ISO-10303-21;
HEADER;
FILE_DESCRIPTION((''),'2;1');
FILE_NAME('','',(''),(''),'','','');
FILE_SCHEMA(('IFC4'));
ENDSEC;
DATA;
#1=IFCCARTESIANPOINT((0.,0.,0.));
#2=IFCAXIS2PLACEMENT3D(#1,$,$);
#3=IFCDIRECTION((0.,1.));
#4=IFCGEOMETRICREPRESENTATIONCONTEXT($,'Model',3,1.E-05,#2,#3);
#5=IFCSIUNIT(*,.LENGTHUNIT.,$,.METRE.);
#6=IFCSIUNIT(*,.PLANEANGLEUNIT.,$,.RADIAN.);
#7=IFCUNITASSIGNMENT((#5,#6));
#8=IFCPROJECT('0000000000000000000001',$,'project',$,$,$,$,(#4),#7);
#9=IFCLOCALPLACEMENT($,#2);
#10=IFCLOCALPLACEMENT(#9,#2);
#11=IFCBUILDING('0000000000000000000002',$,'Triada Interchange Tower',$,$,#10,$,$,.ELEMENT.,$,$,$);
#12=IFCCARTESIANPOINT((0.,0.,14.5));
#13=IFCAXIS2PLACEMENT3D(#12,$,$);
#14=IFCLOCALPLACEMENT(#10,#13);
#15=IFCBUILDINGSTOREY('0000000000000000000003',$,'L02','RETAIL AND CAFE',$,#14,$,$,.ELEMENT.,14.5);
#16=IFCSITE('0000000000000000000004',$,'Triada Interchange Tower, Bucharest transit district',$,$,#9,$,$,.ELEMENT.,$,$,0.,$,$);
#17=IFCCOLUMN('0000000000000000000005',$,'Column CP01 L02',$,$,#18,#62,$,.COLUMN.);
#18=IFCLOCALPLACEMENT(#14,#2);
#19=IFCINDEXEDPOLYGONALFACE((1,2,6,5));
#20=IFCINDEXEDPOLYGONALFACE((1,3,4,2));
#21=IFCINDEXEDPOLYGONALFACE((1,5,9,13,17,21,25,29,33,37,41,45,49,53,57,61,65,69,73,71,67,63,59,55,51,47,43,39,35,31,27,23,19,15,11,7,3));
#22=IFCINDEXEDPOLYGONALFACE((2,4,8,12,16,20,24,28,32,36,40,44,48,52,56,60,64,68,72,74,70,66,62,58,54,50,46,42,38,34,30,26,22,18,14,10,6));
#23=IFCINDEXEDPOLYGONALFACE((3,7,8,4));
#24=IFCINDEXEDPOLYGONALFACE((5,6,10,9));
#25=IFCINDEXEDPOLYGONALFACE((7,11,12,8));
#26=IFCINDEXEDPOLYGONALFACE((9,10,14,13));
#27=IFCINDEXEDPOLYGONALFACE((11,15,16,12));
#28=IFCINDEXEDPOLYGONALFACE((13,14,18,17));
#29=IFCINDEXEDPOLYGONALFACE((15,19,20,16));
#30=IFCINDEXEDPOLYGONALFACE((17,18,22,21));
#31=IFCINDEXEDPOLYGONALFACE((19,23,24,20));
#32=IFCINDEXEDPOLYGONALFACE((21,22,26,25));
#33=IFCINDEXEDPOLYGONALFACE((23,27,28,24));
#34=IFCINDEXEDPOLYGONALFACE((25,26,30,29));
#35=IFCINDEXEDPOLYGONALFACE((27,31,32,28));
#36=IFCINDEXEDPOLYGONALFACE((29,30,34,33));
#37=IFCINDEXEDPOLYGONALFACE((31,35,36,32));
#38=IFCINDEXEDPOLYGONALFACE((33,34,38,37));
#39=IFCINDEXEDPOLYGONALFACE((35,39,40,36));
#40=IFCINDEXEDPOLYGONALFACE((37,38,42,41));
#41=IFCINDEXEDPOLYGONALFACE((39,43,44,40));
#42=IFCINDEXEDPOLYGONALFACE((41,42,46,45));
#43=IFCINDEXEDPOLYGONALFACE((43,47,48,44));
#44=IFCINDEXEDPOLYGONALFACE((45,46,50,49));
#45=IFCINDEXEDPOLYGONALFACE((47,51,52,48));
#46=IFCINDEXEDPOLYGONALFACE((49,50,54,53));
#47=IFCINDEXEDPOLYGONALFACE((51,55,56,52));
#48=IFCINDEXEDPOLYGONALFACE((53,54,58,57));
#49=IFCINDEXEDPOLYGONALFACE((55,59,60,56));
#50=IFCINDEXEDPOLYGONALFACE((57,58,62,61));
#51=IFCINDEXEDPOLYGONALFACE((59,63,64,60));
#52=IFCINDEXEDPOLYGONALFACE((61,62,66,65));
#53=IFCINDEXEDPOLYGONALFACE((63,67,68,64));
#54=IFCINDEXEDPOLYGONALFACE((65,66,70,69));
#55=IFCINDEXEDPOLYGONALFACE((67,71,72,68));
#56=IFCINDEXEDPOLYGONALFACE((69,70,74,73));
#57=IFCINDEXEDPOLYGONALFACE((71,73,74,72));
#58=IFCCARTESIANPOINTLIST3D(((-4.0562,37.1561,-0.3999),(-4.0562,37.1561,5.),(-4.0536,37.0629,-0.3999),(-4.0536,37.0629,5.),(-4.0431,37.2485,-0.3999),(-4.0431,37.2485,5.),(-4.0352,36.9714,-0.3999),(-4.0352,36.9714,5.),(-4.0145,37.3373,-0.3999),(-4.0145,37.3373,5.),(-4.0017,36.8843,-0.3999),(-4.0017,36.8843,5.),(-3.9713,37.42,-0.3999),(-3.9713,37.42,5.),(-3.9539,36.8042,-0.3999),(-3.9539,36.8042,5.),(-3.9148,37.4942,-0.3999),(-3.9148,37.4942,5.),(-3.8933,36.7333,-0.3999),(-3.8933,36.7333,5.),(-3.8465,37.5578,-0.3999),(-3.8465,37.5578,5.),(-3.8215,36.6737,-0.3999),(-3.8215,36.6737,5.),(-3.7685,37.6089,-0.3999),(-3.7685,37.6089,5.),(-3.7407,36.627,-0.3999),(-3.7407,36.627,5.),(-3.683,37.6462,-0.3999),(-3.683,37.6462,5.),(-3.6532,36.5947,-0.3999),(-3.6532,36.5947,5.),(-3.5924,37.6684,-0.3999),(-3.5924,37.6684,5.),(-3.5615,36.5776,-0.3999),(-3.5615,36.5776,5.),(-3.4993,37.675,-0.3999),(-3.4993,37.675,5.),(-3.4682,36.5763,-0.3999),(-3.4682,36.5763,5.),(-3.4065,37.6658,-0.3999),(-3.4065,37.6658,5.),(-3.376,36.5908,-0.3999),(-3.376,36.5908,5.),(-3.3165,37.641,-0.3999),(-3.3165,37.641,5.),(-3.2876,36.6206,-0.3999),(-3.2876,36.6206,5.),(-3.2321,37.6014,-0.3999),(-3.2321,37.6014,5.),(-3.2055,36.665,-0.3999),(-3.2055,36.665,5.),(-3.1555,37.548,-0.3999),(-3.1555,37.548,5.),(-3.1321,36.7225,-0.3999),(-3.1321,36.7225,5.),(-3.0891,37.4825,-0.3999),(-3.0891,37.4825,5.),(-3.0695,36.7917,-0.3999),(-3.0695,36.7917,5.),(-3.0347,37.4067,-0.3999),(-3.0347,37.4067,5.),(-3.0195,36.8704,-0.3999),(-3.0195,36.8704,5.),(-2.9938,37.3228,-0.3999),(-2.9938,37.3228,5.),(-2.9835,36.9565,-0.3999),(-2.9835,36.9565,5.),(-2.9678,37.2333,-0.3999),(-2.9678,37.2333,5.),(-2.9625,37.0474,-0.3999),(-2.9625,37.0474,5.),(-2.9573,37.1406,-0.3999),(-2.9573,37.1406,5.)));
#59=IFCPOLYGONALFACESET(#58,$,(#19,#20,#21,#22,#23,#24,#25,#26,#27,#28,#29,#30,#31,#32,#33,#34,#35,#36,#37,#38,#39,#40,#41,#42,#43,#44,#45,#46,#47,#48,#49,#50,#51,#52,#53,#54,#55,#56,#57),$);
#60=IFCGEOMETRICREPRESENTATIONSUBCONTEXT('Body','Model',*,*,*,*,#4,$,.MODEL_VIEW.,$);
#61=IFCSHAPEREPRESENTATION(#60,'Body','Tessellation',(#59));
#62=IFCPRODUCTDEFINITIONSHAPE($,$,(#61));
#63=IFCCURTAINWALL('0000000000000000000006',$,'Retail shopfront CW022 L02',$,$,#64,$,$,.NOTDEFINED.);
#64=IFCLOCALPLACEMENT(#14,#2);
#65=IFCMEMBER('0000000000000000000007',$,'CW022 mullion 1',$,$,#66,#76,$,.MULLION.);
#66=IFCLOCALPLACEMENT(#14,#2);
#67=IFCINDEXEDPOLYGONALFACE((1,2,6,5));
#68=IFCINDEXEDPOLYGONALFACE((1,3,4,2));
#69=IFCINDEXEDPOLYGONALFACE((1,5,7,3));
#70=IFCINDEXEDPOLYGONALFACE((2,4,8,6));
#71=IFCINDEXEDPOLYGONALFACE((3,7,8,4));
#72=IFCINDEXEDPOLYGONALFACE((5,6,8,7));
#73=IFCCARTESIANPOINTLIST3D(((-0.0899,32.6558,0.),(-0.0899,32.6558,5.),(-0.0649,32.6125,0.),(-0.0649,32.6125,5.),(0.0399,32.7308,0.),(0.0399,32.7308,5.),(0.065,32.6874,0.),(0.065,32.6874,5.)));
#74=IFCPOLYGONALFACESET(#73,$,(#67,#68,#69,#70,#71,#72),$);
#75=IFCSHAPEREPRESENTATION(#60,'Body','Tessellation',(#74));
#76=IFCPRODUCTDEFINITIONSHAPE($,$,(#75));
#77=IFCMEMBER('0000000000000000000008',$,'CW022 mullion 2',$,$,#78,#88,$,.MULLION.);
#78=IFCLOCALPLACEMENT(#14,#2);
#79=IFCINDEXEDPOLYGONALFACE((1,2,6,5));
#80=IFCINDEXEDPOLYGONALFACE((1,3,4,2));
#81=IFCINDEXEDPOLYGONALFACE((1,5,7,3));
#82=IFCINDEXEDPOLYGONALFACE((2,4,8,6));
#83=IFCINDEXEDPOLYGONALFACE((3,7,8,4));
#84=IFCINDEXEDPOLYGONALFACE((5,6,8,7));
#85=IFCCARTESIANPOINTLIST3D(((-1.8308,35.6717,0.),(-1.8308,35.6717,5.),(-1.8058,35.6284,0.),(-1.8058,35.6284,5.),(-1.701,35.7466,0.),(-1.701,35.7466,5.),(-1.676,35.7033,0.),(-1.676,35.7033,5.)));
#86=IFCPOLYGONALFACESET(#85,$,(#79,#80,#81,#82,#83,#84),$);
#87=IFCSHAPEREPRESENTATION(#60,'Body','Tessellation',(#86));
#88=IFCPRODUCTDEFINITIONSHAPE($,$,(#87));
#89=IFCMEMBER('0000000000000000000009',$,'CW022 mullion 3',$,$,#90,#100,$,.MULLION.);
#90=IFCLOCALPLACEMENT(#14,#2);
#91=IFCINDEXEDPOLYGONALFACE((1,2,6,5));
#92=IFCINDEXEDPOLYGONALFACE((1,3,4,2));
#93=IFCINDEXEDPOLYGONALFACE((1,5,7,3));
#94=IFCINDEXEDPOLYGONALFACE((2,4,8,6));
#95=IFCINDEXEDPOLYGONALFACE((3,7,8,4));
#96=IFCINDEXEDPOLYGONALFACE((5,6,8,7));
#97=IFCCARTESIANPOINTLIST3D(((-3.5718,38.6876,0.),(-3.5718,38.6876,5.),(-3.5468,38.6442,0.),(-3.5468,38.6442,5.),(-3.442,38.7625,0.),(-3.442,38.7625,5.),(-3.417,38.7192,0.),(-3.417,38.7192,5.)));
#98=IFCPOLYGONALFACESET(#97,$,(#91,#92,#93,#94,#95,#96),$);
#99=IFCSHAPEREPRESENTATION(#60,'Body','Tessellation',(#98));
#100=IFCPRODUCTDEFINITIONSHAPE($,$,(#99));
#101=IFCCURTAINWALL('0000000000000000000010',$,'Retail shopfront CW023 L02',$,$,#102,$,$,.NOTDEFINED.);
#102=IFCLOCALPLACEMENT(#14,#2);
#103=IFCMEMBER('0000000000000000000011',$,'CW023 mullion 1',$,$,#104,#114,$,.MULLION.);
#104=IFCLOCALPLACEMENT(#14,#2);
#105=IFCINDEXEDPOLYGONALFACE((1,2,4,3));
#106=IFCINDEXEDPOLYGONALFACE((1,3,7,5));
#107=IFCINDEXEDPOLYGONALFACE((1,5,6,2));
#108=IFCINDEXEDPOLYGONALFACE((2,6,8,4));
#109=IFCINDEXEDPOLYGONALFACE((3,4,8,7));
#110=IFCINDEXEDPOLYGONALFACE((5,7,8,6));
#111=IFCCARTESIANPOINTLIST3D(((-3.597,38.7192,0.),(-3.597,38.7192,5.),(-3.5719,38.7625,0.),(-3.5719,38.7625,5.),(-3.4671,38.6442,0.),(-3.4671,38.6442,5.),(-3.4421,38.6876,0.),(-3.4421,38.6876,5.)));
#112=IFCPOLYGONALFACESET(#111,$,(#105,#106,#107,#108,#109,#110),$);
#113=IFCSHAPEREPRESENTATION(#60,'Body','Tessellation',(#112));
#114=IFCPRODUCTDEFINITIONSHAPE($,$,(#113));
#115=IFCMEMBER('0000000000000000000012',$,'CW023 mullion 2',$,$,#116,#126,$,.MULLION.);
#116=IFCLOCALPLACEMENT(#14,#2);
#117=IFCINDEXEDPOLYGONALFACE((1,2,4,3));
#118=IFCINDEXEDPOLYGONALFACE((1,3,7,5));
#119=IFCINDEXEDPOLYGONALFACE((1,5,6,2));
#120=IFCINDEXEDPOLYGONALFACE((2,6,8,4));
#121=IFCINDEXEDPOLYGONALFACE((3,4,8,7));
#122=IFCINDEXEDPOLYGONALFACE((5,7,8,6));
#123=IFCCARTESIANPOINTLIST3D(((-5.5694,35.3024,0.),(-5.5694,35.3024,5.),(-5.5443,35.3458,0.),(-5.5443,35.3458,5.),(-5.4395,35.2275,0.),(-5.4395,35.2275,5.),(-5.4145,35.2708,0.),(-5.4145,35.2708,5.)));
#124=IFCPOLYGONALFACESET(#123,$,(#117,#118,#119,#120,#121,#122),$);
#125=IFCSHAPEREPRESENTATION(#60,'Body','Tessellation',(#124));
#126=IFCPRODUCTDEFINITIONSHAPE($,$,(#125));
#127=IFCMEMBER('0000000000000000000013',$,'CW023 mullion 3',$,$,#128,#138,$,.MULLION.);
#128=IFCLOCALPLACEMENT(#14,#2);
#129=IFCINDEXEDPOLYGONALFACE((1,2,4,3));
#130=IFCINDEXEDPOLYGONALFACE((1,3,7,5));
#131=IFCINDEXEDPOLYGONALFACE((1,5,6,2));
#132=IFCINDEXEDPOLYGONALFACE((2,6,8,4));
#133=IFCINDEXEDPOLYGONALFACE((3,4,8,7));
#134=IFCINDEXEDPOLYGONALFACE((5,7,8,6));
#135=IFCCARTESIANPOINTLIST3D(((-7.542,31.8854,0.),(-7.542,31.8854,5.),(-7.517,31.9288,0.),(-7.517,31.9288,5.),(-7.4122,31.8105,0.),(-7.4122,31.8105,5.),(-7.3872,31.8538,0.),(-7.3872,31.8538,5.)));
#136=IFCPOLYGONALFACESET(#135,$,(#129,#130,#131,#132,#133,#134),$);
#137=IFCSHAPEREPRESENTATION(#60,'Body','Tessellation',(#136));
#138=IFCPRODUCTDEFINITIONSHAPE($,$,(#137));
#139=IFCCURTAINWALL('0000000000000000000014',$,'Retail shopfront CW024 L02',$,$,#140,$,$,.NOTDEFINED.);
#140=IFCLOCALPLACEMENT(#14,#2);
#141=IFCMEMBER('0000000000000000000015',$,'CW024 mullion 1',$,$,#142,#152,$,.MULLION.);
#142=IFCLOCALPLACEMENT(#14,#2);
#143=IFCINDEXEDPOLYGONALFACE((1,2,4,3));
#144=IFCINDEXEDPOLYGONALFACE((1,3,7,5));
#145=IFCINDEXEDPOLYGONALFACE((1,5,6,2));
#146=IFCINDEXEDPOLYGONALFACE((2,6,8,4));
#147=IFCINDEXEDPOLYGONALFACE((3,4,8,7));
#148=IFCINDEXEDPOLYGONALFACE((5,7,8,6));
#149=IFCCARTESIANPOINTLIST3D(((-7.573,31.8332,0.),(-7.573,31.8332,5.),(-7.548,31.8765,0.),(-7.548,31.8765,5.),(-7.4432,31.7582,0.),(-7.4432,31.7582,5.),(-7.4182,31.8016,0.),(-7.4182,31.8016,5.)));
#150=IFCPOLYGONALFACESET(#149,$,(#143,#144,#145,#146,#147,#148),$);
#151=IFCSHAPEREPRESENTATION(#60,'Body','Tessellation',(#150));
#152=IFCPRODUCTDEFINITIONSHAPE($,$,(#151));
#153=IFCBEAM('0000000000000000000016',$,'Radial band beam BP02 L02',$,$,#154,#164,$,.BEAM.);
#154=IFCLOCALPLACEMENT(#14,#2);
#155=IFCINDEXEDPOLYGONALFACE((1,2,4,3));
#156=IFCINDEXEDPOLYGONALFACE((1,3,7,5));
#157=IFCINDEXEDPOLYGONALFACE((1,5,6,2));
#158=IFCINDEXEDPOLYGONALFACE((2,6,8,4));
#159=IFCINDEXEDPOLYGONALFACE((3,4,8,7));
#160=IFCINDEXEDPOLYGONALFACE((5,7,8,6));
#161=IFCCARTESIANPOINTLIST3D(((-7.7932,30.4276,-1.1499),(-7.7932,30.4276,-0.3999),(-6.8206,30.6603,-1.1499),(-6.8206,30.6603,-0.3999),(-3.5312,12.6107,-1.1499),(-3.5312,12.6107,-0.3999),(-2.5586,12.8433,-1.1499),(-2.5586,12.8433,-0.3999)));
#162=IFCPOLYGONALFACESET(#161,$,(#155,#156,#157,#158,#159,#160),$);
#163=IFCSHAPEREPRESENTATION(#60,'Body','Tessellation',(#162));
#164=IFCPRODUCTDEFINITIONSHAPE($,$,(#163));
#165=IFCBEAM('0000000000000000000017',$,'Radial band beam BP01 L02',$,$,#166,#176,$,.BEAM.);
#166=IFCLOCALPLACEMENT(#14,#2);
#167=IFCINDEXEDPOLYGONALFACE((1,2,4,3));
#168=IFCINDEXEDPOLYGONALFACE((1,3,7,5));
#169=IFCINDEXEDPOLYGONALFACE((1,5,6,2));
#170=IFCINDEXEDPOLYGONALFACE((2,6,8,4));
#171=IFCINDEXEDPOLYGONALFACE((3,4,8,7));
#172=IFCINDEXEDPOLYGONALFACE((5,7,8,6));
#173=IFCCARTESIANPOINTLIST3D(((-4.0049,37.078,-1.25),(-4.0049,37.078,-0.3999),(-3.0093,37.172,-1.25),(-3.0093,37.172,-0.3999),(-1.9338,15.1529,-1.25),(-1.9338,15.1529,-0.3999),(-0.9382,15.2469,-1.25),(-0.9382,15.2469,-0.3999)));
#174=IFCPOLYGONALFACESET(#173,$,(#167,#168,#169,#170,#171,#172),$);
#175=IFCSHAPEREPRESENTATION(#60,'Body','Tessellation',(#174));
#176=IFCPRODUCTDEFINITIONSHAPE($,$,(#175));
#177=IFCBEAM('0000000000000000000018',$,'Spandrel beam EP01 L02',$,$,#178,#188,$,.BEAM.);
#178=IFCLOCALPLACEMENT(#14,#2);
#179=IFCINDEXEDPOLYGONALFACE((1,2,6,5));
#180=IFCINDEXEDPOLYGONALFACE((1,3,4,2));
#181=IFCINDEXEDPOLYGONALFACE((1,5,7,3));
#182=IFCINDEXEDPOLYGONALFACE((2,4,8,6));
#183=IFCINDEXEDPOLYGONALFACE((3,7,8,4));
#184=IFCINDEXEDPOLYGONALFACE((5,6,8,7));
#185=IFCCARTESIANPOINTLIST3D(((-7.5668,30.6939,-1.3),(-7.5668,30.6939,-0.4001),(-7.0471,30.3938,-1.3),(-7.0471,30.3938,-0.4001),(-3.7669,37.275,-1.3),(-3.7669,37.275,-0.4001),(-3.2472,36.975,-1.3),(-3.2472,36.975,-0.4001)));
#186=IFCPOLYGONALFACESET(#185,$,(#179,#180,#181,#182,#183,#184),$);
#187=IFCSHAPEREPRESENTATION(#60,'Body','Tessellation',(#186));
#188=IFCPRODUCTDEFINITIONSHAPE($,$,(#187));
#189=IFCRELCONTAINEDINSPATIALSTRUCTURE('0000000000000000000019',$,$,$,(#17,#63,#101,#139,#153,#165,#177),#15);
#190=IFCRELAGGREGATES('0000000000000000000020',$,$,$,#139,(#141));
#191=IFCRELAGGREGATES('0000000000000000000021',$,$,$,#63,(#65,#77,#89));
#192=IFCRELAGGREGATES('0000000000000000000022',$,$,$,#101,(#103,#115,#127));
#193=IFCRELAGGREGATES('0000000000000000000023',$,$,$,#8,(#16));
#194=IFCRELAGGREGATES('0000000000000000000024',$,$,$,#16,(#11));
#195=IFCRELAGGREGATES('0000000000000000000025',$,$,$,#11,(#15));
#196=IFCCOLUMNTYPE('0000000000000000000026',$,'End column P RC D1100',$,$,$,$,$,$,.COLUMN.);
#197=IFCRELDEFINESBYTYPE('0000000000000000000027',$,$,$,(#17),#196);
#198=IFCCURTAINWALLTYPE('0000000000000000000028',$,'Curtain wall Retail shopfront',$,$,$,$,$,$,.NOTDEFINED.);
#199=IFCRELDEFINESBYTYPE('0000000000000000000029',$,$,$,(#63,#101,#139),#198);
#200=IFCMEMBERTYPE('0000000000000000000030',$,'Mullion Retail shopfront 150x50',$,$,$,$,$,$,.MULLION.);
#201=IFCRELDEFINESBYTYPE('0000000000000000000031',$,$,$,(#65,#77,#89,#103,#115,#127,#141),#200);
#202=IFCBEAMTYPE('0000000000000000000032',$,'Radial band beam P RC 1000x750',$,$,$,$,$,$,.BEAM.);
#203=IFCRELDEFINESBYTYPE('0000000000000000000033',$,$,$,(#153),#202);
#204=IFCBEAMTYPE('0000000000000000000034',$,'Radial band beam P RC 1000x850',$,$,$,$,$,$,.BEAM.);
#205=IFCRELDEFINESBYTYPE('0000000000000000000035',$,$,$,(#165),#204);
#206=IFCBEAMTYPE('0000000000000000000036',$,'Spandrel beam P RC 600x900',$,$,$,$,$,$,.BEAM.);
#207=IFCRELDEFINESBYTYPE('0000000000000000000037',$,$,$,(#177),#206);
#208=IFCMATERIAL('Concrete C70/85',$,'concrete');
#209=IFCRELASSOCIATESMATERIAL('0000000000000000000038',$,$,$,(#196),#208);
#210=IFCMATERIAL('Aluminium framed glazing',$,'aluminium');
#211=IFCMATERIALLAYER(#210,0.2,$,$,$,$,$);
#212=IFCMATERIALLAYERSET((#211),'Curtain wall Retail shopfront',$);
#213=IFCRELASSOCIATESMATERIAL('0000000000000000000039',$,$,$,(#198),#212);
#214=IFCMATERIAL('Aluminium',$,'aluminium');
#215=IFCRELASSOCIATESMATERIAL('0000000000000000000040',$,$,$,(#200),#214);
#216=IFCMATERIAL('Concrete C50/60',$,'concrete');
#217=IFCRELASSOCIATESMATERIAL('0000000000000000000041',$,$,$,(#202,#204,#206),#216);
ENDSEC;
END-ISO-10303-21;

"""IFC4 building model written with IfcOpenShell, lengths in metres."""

from ifc_helpers import new_model, si_unit, direction, frame, origin, origin_2d, place, context, subcontext, project, spatial, rectangle, circle, extrude, material, layer, layer_set, material_profile, profile_set, type_object, element, aggregate, save


model = new_model("IFC4")

# Units and contexts
model_context = context("Model", 3, precision=1e-05, world=origin(), true_north=direction((0.0, 1.0)))
body_context = subcontext(model_context, "Body", "Model", "MODEL_VIEW")
ifc_project = project(units=[si_unit("LENGTHUNIT", "METRE"), si_unit("PLANEANGLEUNIT", "RADIAN")], contexts=[model_context])

# Site, building, storey
site_placement = place(None, origin())
site = spatial("IfcSite", under=ifc_project, at=site_placement, Name="Triada Interchange Tower, Bucharest transit district", CompositionType="ELEMENT", RefElevation=0.0)
building_placement = place(site_placement, origin())
building = spatial("IfcBuilding", under=site, at=building_placement, Name="Triada Interchange Tower", CompositionType="ELEMENT")
storey_placement = place(building_placement, frame((0.0, 0.0, 14.5)))
storey = spatial("IfcBuildingStorey", under=building, at=storey_placement, Name="L02", Description="RETAIL AND CAFE", CompositionType="ELEMENT", Elevation=14.5)

# Column
ifc_material_1 = material(Name="Concrete C70/85", Category="concrete")
ifc_material_profile_1 = material_profile(ifc_material_1, circle(Radius=0.55, at=origin_2d()), Name="RC D1100")
ifc_profile_set_1 = profile_set([ifc_material_profile_1], Name="Concrete C70/85")
column_type = type_object("IfcColumnType", Name="End column P RC D1100", PredefinedType="COLUMN", material=ifc_profile_set_1)
column_placement = place(storey_placement, frame((-3.5071, 37.125, -0.3999), z_axis=(0.0, 0.0, 1.0), x_axis=(0.5, 0.866025, 0.0)))
element("IfcColumn", 1, at=column_placement, inside=storey, type_object=column_type, Name="Column CP01 L02", PredefinedType="COLUMN", context=body_context, shape_type="SweptSolid", body=[
    extrude(circle(Radius=0.55, at=origin_2d()), origin(), (0.0, 0.0, 1.0), 5.3999),
])

# Curtain walls, members
ifc_material_2 = material(Name="Aluminium framed glazing", Category="aluminium")
ifc_layer_1 = layer(ifc_material_2, 0.2)
ifc_layer_set_1 = layer_set([ifc_layer_1], Name="Curtain wall Retail shopfront")
curtain_wall_type = type_object("IfcCurtainWallType", Name="Curtain wall Retail shopfront", PredefinedType="NOTDEFINED", material=ifc_layer_set_1)
curtain_wall_1_placement = place(storey_placement, origin())
curtain_wall_1 = element("IfcCurtainWall", 2, at=curtain_wall_1_placement, inside=storey, type_object=curtain_wall_type, Name="Retail shopfront CW022 L02", PredefinedType="NOTDEFINED")
ifc_material_3 = material(Name="Aluminium", Category="aluminium")
ifc_material_profile_2 = material_profile(ifc_material_3, rectangle(XDim=0.1499, YDim=0.05, at=origin_2d()), Name="Aluminium mullion")
ifc_profile_set_2 = profile_set([ifc_material_profile_2], Name="Aluminium")
member_type_1 = type_object("IfcMemberType", Name="Mullion Retail shopfront 150x50", PredefinedType="MULLION", material=ifc_profile_set_2)
member_1_placement = place(storey_placement, frame((-0.0125, 32.6716, 0.0), z_axis=(0.0, 0.0, 1.0), x_axis=(-0.86605, -0.499957, 0.0)))
member_1 = element("IfcMember", 3, at=member_1_placement, type_object=member_type_1, Name="CW022 mullion 1", PredefinedType="MULLION", context=body_context, shape_type="SweptSolid", body=[
    extrude(rectangle(XDim=0.1499, YDim=0.05, at=origin_2d()), origin(), (0.0, 0.0, 1.0), 5.0),
])
member_2_placement = place(storey_placement, frame((-1.7534, 35.6875, 0.0), z_axis=(0.0, 0.0, 1.0), x_axis=(-0.86605, -0.499957, 0.0)))
member_2 = element("IfcMember", 4, at=member_2_placement, type_object=member_type_1, Name="CW022 mullion 2", PredefinedType="MULLION", context=body_context, shape_type="SweptSolid", body=[
    extrude(rectangle(XDim=0.1499, YDim=0.05, at=origin_2d()), origin(), (0.0, 0.0, 1.0), 5.0),
])
member_3_placement = place(storey_placement, frame((-3.4944, 38.7034, 0.0), z_axis=(0.0, 0.0, 1.0), x_axis=(-0.86605, -0.499957, 0.0)))
member_3 = element("IfcMember", 5, at=member_3_placement, type_object=member_type_1, Name="CW022 mullion 3", PredefinedType="MULLION", context=body_context, shape_type="SweptSolid", body=[
    extrude(rectangle(XDim=0.1499, YDim=0.05, at=origin_2d()), origin(), (0.0, 0.0, 1.0), 5.0),
])
curtain_wall_2_placement = place(storey_placement, origin())
curtain_wall_2 = element("IfcCurtainWall", 6, at=curtain_wall_2_placement, inside=storey, type_object=curtain_wall_type, Name="Retail shopfront CW023 L02", PredefinedType="NOTDEFINED")
member_4_placement = place(storey_placement, frame((-3.5195, 38.7034, 0.0), z_axis=(0.0, 0.0, 1.0), x_axis=(0.866049, -0.499959, 0.0)))
member_4 = element("IfcMember", 7, at=member_4_placement, type_object=member_type_1, Name="CW023 mullion 1", PredefinedType="MULLION", context=body_context, shape_type="SweptSolid", body=[
    extrude(rectangle(XDim=0.1499, YDim=0.05, at=origin_2d()), origin(), (0.0, 0.0, 1.0), 5.0),
])
member_5_placement = place(storey_placement, frame((-5.4919, 35.2866, 0.0), z_axis=(0.0, 0.0, 1.0), x_axis=(0.866049, -0.499959, 0.0)))
member_5 = element("IfcMember", 8, at=member_5_placement, type_object=member_type_1, Name="CW023 mullion 2", PredefinedType="MULLION", context=body_context, shape_type="SweptSolid", body=[
    extrude(rectangle(XDim=0.1499, YDim=0.05, at=origin_2d()), origin(), (0.0, 0.0, 1.0), 5.0),
])
member_6_placement = place(storey_placement, frame((-7.4646, 31.8696, 0.0), z_axis=(0.0, 0.0, 1.0), x_axis=(0.866049, -0.499959, 0.0)))
member_6 = element("IfcMember", 9, at=member_6_placement, type_object=member_type_1, Name="CW023 mullion 3", PredefinedType="MULLION", context=body_context, shape_type="SweptSolid", body=[
    extrude(rectangle(XDim=0.1499, YDim=0.05, at=origin_2d()), origin(), (0.0, 0.0, 1.0), 5.0),
])

# Curtain wall, member
curtain_wall_3_placement = place(storey_placement, origin())
curtain_wall_3 = element("IfcCurtainWall", 10, at=curtain_wall_3_placement, inside=storey, type_object=curtain_wall_type, Name="Retail shopfront CW024 L02", PredefinedType="NOTDEFINED")
member_7_placement = place(storey_placement, frame((-7.4956, 31.8174, 0.0), z_axis=(0.0, 0.0, 1.0), x_axis=(0.866055, -0.499948, 0.0)))
member_7 = element("IfcMember", 11, at=member_7_placement, type_object=member_type_1, Name="CW024 mullion 1", PredefinedType="MULLION", context=body_context, shape_type="SweptSolid", body=[
    extrude(rectangle(XDim=0.1499, YDim=0.05, at=origin_2d()), origin(), (0.0, 0.0, 1.0), 5.0),
])

# Beams
ifc_material_4 = material(Name="Concrete C50/60", Category="concrete")
ifc_material_profile_3 = material_profile(ifc_material_4, rectangle(XDim=1.0, YDim=0.75, at=origin_2d()), Name="RC 1000x750")
ifc_profile_set_3 = profile_set([ifc_material_profile_3], Name="Concrete C50/60")
beam_type_1 = type_object("IfcBeamType", Name="Radial band beam P RC 1000x750", PredefinedType="BEAM", material=ifc_profile_set_3)
beam_1_placement = place(storey_placement, frame((-7.3069, 30.5439, -0.7749), z_axis=(0.232646, -0.972562, 0.0), x_axis=(0.972562, 0.232646, 0.0)))
element("IfcBeam", 12, at=beam_1_placement, inside=storey, type_object=beam_type_1, Name="Radial band beam BP02 L02", PredefinedType="BEAM", context=body_context, shape_type="SweptSolid", body=[
    extrude(rectangle(XDim=1.0, YDim=0.75, at=origin_2d()), origin(), (0.0, 0.0, 1.0), 18.3196),
])
ifc_material_profile_4 = material_profile(ifc_material_4, rectangle(XDim=1.0, YDim=0.8501, at=origin_2d()), Name="RC 1000x850")
ifc_profile_set_4 = profile_set([ifc_material_profile_4], Name="Concrete C50/60")
beam_type_2 = type_object("IfcBeamType", Name="Radial band beam P RC 1000x850", PredefinedType="BEAM", material=ifc_profile_set_4)
beam_2_placement = place(storey_placement, frame((-3.5071, 37.125, -0.825), z_axis=(0.094042, -0.995568, 0.0), x_axis=(0.995568, 0.094042, 0.0)))
element("IfcBeam", 13, at=beam_2_placement, inside=storey, type_object=beam_type_2, Name="Radial band beam BP01 L02", PredefinedType="BEAM", context=body_context, shape_type="SweptSolid", body=[
    extrude(rectangle(XDim=1.0, YDim=0.8501, at=origin_2d()), origin(), (0.0, 0.0, 1.0), 22.0227),
])
ifc_material_profile_5 = material_profile(ifc_material_4, rectangle(XDim=0.6001, YDim=0.8999, at=origin_2d()), Name="RC 600x900")
ifc_profile_set_5 = profile_set([ifc_material_profile_5], Name="Concrete C50/60")
beam_type_3 = type_object("IfcBeamType", Name="Spandrel beam P RC 600x900", PredefinedType="BEAM", material=ifc_profile_set_5)
beam_3_placement = place(storey_placement, frame((-3.5071, 37.125, -0.8501), z_axis=(-0.500023, -0.866012, 0.0), x_axis=(0.866012, -0.500023, 0.0)))
element("IfcBeam", 14, at=beam_3_placement, inside=storey, type_object=beam_type_3, Name="Spandrel beam EP01 L02", PredefinedType="BEAM", context=body_context, shape_type="SweptSolid", body=[
    extrude(rectangle(XDim=0.6001, YDim=0.8999, at=origin_2d()), origin(), (0.0, 0.0, 1.0), 7.5994),
])

aggregate(curtain_wall_3, [member_7])

aggregate(curtain_wall_1, [member_1, member_2, member_3])
aggregate(curtain_wall_2, [member_4, member_5, member_6])

save(model, "model.ifc")
